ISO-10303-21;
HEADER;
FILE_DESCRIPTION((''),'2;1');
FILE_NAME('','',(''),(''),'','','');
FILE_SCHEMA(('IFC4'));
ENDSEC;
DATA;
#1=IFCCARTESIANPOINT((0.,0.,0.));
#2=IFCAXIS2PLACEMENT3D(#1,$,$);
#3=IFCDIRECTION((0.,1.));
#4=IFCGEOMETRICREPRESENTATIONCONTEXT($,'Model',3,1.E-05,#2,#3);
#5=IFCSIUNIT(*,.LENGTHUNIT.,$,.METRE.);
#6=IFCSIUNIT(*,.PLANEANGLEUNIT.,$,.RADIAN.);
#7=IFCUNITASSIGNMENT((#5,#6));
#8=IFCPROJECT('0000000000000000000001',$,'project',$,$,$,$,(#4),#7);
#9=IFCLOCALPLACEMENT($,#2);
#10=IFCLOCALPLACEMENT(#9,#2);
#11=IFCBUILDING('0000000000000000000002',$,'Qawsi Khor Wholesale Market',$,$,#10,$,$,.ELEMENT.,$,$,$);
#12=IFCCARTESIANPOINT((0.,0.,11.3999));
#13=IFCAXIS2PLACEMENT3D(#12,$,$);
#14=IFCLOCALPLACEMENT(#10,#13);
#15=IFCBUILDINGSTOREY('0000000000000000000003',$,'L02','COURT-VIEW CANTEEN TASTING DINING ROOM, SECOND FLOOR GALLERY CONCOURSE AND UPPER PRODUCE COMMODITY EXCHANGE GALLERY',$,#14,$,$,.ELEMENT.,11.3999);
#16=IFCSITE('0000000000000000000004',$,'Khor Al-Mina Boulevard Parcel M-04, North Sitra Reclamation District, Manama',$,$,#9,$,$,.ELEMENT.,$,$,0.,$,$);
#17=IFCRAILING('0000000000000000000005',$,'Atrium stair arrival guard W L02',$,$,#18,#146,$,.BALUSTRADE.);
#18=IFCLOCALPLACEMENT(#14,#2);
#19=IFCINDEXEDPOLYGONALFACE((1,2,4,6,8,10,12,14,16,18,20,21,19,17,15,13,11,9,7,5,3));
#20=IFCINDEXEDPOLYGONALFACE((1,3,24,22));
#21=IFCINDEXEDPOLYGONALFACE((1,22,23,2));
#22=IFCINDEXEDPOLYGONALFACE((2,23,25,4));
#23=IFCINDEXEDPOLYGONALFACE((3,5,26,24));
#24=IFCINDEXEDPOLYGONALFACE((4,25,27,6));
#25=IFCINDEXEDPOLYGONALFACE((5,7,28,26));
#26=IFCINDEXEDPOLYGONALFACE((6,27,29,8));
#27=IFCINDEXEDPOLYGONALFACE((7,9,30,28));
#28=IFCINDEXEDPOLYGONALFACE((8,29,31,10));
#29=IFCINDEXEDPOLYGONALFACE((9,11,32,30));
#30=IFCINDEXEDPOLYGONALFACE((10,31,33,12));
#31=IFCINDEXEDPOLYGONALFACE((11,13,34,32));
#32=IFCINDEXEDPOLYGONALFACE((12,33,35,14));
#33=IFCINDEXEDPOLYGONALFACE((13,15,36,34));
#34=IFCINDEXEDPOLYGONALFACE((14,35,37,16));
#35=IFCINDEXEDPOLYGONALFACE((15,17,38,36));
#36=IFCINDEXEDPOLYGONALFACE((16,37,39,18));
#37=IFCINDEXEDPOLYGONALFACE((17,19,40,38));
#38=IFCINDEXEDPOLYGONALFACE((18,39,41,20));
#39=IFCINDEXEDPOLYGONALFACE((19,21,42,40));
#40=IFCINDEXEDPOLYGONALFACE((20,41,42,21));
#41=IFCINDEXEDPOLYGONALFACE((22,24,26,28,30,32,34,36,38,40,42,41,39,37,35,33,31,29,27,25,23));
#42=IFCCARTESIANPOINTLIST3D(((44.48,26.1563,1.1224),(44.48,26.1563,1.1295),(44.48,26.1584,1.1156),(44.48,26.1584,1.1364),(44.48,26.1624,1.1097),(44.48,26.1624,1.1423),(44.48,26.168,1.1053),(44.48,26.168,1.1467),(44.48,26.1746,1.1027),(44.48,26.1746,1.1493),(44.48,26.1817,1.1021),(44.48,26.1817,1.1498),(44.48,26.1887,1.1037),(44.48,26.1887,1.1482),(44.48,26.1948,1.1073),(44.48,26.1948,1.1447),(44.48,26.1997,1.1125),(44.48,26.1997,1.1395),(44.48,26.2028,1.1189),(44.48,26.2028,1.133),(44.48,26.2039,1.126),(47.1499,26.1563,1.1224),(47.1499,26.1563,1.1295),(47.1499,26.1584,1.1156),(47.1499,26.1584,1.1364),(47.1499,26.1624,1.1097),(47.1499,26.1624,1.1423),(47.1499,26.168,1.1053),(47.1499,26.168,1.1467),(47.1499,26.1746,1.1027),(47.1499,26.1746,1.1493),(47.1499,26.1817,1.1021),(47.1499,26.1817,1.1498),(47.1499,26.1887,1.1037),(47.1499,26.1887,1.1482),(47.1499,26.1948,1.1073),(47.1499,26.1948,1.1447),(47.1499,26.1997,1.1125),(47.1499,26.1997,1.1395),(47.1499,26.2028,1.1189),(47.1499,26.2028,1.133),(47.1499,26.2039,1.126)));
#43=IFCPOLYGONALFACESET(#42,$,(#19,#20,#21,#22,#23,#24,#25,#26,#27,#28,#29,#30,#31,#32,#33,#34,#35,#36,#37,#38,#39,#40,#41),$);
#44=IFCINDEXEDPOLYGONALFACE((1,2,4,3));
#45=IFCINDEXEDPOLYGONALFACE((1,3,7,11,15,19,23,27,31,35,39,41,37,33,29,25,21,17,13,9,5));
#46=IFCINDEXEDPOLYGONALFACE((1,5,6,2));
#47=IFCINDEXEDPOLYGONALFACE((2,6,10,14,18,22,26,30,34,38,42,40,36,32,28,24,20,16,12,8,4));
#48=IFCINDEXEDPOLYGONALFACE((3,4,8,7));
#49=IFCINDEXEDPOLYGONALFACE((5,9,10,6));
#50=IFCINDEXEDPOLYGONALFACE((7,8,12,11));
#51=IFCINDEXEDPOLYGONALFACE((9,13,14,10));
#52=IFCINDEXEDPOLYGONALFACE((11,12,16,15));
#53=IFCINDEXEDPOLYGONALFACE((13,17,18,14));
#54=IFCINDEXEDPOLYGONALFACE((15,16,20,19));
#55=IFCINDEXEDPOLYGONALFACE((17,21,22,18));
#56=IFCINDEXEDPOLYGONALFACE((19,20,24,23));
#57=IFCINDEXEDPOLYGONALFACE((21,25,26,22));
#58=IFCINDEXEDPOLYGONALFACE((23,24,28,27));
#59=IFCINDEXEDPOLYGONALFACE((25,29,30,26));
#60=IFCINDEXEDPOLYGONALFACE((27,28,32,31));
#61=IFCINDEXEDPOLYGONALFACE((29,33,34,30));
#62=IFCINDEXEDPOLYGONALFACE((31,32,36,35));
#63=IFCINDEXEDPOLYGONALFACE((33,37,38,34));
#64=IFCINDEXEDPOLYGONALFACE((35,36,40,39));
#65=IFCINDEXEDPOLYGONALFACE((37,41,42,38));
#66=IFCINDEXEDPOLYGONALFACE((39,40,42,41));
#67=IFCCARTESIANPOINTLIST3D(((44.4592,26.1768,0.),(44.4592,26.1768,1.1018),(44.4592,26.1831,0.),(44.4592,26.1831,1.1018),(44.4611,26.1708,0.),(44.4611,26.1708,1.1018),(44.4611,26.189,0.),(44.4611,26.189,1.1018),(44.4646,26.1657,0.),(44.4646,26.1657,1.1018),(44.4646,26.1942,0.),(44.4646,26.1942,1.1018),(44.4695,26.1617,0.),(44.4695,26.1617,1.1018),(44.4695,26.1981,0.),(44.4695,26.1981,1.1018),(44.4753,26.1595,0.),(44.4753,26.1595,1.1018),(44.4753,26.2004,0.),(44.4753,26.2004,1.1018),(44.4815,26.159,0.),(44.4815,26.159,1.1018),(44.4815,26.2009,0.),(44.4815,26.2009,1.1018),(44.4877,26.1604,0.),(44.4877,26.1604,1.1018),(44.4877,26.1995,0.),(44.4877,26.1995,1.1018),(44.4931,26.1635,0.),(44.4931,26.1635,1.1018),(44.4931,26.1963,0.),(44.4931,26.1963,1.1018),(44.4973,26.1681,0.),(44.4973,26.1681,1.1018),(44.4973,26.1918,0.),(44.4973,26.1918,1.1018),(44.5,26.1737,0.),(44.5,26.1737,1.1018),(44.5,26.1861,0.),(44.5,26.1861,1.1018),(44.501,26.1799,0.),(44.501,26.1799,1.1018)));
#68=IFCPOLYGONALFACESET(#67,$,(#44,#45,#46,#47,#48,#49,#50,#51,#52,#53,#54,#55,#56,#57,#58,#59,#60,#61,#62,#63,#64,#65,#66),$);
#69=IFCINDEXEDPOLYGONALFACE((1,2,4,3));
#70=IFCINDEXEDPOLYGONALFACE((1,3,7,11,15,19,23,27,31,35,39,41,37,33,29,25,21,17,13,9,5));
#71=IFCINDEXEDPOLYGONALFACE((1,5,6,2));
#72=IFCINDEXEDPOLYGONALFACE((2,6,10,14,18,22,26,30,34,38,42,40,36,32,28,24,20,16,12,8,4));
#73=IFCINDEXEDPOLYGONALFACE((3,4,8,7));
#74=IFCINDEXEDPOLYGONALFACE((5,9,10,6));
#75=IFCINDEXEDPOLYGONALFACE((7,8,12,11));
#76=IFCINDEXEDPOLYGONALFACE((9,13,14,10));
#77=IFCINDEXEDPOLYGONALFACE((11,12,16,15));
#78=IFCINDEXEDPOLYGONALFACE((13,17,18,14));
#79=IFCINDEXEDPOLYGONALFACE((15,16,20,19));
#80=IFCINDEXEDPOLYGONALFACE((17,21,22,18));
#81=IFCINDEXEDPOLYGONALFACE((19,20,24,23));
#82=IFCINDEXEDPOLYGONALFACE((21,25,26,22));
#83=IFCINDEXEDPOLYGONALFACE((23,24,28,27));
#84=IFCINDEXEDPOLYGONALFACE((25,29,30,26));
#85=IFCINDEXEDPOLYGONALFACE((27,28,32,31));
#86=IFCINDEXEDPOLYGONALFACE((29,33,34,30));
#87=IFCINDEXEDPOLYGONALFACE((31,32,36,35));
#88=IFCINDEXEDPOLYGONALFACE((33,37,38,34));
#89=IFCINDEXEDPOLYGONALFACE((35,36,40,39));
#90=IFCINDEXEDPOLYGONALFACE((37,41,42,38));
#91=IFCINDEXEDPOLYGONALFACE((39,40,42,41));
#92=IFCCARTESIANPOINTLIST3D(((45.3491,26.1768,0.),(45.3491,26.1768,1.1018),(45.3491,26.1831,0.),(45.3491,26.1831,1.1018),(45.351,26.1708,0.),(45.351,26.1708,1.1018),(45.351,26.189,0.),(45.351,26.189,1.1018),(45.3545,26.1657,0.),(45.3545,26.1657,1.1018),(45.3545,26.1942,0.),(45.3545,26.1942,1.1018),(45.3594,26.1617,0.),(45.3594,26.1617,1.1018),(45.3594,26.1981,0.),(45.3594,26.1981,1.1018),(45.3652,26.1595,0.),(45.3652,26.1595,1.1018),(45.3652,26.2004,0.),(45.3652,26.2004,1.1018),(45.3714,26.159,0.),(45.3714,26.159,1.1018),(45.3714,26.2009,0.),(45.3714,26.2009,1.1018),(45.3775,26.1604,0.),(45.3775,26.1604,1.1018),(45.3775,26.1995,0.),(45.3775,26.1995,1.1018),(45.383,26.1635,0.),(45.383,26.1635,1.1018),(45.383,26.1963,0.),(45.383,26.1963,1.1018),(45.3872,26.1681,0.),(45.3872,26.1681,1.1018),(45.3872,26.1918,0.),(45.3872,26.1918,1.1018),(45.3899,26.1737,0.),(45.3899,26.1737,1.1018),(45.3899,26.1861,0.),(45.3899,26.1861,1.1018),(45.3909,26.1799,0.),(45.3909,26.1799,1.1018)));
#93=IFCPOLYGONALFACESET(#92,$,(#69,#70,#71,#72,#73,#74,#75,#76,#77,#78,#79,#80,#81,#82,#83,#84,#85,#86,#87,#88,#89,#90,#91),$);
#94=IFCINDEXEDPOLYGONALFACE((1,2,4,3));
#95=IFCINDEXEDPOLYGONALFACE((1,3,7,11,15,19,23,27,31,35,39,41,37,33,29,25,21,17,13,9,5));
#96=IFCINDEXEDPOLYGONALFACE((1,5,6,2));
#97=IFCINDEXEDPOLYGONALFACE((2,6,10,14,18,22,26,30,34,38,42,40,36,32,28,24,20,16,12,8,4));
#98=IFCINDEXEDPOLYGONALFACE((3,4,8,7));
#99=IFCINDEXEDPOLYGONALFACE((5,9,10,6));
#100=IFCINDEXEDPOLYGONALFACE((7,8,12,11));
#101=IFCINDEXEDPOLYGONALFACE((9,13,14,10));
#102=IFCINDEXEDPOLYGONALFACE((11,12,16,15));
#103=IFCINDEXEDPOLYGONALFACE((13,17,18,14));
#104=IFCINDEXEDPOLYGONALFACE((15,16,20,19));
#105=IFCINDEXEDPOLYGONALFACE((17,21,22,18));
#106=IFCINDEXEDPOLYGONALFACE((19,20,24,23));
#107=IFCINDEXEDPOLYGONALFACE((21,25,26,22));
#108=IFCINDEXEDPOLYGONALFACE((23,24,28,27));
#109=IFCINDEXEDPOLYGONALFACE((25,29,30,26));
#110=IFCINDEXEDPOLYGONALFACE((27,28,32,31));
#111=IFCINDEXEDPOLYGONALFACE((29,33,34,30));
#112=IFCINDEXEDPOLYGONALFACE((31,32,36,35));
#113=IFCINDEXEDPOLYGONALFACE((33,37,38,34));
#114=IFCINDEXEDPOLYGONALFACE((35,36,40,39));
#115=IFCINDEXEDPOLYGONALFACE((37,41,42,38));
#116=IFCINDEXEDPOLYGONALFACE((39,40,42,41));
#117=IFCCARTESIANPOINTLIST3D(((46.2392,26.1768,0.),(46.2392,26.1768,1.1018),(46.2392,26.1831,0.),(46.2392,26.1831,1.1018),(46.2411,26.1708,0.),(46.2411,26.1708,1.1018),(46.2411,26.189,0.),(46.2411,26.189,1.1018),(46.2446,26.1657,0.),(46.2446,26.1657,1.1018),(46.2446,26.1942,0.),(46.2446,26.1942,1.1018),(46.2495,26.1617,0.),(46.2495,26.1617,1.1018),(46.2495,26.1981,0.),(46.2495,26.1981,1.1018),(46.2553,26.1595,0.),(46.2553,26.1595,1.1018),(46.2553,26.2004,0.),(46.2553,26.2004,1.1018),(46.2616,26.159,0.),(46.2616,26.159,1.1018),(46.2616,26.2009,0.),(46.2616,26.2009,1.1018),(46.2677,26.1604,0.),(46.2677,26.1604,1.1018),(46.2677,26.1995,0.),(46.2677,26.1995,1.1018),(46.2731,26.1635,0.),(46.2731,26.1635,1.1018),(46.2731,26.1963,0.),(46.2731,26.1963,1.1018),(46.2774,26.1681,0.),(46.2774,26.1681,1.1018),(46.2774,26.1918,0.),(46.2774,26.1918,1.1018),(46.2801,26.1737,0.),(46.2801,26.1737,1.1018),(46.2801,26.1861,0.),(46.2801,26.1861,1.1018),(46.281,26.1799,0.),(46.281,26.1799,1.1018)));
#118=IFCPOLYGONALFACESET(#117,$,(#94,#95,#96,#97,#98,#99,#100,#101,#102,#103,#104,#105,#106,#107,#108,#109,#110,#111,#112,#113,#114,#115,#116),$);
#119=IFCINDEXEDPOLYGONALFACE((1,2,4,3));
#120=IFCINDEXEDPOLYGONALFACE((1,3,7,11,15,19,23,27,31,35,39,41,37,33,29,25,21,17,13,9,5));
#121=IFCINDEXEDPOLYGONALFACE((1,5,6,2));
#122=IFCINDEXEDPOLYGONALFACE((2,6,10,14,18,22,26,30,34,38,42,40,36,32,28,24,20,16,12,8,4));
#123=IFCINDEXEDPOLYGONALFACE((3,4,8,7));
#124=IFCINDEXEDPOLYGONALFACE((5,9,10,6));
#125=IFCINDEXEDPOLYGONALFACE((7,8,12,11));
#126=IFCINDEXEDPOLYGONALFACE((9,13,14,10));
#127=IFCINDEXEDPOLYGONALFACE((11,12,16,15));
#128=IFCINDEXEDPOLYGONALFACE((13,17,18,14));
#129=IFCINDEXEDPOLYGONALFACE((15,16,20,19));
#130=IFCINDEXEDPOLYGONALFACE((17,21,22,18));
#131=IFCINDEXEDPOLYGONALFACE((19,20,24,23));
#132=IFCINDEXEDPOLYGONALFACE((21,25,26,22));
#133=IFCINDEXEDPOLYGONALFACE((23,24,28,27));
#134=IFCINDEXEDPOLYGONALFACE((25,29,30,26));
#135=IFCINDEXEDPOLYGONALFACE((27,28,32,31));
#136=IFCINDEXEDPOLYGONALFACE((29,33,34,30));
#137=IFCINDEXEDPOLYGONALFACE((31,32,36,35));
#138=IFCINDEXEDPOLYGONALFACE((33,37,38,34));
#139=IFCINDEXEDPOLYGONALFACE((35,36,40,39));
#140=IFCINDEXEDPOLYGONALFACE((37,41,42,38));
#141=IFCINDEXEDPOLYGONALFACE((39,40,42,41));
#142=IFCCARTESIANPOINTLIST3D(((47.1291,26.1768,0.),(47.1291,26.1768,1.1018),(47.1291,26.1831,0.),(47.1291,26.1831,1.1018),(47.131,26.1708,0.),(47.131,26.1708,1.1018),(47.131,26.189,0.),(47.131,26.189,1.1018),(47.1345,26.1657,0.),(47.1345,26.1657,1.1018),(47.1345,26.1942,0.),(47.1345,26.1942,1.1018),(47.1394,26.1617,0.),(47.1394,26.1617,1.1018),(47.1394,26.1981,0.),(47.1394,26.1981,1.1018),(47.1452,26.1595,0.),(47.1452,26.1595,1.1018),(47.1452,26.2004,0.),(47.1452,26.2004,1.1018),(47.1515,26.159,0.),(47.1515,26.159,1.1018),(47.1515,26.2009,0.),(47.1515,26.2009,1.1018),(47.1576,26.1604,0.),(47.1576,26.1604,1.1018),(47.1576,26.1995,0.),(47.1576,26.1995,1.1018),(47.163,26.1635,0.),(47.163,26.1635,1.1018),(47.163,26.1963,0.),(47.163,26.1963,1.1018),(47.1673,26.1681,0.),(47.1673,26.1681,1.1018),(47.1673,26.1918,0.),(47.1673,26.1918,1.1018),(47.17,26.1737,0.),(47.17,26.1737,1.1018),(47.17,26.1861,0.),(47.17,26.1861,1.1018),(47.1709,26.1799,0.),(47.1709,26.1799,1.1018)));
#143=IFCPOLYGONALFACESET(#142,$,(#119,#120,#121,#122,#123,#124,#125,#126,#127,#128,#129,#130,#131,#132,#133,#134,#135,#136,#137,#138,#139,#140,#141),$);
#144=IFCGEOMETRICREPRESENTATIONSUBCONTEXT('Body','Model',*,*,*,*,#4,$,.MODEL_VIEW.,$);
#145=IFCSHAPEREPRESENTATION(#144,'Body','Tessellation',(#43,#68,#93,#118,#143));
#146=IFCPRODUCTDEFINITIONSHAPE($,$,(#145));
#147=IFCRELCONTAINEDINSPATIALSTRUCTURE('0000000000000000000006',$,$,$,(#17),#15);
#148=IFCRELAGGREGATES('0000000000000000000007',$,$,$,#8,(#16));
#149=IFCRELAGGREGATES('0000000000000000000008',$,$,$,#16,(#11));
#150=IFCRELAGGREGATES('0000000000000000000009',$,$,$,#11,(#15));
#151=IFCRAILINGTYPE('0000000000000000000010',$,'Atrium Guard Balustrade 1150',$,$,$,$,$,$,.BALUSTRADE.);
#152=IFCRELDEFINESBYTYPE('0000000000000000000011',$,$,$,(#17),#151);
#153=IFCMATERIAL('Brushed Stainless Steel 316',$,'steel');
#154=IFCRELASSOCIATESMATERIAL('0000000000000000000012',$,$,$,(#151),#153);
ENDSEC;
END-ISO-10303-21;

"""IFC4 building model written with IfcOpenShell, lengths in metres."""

from ifc_helpers import new_model, si_unit, direction, frame, origin, origin_2d, place, context, subcontext, project, spatial, circle, extrude, material, type_object, element, save


model = new_model("IFC4")

# Units and contexts
model_context = context("Model", 3, precision=1e-05, world=origin(), true_north=direction((0.0, 1.0)))
body_context = subcontext(model_context, "Body", "Model", "MODEL_VIEW")
ifc_project = project(units=[si_unit("LENGTHUNIT", "METRE"), si_unit("PLANEANGLEUNIT", "RADIAN")], contexts=[model_context])

# Site, building, storey
site_placement = place(None, origin())
site = spatial("IfcSite", under=ifc_project, at=site_placement, Name="Khor Al-Mina Boulevard Parcel M-04, North Sitra Reclamation District, Manama", CompositionType="ELEMENT", RefElevation=0.0)
building_placement = place(site_placement, origin())
building = spatial("IfcBuilding", under=site, at=building_placement, Name="Qawsi Khor Wholesale Market", CompositionType="ELEMENT")
storey_placement = place(building_placement, frame((0.0, 0.0, 11.3999)))
storey = spatial("IfcBuildingStorey", under=building, at=storey_placement, Name="L02", Description="COURT-VIEW CANTEEN TASTING DINING ROOM, SECOND FLOOR GALLERY CONCOURSE AND UPPER PRODUCE COMMODITY EXCHANGE GALLERY", CompositionType="ELEMENT", Elevation=11.3999)

# Railing
ifc_material_1 = material(Name="Brushed Stainless Steel 316", Category="steel")
railing_type = type_object("IfcRailingType", Name="Atrium Guard Balustrade 1150", PredefinedType="BALUSTRADE", material=ifc_material_1)
railing_placement = place(storey_placement, frame((44.48, 26.1799, 0.0)))
element("IfcRailing", 1, at=railing_placement, inside=storey, type_object=railing_type, Name="Atrium stair arrival guard W L02", PredefinedType="BALUSTRADE", context=body_context, shape_type="SweptSolid", body=[
    extrude(circle(Radius=0.0239, at=origin_2d()), frame((0.0, 0.0, 1.126), z_axis=(1.0, 0.0, 0.0), x_axis=(0.0, 1.0, 0.0)), (0.0, 0.0, 1.0), 2.6699),
    extrude(circle(Radius=0.021, at=origin_2d()), origin(), (0.0, 0.0, 1.0), 1.1018),
    extrude(circle(Radius=0.021, at=origin_2d()), frame((0.8899, 0.0, 0.0)), (0.0, 0.0, 1.0), 1.1018),
    extrude(circle(Radius=0.021, at=origin_2d()), frame((1.78, 0.0, 0.0)), (0.0, 0.0, 1.0), 1.1018),
    extrude(circle(Radius=0.021, at=origin_2d()), frame((2.6699, 0.0, 0.0)), (0.0, 0.0, 1.0), 1.1018),
])

save(model, "model.ifc")
